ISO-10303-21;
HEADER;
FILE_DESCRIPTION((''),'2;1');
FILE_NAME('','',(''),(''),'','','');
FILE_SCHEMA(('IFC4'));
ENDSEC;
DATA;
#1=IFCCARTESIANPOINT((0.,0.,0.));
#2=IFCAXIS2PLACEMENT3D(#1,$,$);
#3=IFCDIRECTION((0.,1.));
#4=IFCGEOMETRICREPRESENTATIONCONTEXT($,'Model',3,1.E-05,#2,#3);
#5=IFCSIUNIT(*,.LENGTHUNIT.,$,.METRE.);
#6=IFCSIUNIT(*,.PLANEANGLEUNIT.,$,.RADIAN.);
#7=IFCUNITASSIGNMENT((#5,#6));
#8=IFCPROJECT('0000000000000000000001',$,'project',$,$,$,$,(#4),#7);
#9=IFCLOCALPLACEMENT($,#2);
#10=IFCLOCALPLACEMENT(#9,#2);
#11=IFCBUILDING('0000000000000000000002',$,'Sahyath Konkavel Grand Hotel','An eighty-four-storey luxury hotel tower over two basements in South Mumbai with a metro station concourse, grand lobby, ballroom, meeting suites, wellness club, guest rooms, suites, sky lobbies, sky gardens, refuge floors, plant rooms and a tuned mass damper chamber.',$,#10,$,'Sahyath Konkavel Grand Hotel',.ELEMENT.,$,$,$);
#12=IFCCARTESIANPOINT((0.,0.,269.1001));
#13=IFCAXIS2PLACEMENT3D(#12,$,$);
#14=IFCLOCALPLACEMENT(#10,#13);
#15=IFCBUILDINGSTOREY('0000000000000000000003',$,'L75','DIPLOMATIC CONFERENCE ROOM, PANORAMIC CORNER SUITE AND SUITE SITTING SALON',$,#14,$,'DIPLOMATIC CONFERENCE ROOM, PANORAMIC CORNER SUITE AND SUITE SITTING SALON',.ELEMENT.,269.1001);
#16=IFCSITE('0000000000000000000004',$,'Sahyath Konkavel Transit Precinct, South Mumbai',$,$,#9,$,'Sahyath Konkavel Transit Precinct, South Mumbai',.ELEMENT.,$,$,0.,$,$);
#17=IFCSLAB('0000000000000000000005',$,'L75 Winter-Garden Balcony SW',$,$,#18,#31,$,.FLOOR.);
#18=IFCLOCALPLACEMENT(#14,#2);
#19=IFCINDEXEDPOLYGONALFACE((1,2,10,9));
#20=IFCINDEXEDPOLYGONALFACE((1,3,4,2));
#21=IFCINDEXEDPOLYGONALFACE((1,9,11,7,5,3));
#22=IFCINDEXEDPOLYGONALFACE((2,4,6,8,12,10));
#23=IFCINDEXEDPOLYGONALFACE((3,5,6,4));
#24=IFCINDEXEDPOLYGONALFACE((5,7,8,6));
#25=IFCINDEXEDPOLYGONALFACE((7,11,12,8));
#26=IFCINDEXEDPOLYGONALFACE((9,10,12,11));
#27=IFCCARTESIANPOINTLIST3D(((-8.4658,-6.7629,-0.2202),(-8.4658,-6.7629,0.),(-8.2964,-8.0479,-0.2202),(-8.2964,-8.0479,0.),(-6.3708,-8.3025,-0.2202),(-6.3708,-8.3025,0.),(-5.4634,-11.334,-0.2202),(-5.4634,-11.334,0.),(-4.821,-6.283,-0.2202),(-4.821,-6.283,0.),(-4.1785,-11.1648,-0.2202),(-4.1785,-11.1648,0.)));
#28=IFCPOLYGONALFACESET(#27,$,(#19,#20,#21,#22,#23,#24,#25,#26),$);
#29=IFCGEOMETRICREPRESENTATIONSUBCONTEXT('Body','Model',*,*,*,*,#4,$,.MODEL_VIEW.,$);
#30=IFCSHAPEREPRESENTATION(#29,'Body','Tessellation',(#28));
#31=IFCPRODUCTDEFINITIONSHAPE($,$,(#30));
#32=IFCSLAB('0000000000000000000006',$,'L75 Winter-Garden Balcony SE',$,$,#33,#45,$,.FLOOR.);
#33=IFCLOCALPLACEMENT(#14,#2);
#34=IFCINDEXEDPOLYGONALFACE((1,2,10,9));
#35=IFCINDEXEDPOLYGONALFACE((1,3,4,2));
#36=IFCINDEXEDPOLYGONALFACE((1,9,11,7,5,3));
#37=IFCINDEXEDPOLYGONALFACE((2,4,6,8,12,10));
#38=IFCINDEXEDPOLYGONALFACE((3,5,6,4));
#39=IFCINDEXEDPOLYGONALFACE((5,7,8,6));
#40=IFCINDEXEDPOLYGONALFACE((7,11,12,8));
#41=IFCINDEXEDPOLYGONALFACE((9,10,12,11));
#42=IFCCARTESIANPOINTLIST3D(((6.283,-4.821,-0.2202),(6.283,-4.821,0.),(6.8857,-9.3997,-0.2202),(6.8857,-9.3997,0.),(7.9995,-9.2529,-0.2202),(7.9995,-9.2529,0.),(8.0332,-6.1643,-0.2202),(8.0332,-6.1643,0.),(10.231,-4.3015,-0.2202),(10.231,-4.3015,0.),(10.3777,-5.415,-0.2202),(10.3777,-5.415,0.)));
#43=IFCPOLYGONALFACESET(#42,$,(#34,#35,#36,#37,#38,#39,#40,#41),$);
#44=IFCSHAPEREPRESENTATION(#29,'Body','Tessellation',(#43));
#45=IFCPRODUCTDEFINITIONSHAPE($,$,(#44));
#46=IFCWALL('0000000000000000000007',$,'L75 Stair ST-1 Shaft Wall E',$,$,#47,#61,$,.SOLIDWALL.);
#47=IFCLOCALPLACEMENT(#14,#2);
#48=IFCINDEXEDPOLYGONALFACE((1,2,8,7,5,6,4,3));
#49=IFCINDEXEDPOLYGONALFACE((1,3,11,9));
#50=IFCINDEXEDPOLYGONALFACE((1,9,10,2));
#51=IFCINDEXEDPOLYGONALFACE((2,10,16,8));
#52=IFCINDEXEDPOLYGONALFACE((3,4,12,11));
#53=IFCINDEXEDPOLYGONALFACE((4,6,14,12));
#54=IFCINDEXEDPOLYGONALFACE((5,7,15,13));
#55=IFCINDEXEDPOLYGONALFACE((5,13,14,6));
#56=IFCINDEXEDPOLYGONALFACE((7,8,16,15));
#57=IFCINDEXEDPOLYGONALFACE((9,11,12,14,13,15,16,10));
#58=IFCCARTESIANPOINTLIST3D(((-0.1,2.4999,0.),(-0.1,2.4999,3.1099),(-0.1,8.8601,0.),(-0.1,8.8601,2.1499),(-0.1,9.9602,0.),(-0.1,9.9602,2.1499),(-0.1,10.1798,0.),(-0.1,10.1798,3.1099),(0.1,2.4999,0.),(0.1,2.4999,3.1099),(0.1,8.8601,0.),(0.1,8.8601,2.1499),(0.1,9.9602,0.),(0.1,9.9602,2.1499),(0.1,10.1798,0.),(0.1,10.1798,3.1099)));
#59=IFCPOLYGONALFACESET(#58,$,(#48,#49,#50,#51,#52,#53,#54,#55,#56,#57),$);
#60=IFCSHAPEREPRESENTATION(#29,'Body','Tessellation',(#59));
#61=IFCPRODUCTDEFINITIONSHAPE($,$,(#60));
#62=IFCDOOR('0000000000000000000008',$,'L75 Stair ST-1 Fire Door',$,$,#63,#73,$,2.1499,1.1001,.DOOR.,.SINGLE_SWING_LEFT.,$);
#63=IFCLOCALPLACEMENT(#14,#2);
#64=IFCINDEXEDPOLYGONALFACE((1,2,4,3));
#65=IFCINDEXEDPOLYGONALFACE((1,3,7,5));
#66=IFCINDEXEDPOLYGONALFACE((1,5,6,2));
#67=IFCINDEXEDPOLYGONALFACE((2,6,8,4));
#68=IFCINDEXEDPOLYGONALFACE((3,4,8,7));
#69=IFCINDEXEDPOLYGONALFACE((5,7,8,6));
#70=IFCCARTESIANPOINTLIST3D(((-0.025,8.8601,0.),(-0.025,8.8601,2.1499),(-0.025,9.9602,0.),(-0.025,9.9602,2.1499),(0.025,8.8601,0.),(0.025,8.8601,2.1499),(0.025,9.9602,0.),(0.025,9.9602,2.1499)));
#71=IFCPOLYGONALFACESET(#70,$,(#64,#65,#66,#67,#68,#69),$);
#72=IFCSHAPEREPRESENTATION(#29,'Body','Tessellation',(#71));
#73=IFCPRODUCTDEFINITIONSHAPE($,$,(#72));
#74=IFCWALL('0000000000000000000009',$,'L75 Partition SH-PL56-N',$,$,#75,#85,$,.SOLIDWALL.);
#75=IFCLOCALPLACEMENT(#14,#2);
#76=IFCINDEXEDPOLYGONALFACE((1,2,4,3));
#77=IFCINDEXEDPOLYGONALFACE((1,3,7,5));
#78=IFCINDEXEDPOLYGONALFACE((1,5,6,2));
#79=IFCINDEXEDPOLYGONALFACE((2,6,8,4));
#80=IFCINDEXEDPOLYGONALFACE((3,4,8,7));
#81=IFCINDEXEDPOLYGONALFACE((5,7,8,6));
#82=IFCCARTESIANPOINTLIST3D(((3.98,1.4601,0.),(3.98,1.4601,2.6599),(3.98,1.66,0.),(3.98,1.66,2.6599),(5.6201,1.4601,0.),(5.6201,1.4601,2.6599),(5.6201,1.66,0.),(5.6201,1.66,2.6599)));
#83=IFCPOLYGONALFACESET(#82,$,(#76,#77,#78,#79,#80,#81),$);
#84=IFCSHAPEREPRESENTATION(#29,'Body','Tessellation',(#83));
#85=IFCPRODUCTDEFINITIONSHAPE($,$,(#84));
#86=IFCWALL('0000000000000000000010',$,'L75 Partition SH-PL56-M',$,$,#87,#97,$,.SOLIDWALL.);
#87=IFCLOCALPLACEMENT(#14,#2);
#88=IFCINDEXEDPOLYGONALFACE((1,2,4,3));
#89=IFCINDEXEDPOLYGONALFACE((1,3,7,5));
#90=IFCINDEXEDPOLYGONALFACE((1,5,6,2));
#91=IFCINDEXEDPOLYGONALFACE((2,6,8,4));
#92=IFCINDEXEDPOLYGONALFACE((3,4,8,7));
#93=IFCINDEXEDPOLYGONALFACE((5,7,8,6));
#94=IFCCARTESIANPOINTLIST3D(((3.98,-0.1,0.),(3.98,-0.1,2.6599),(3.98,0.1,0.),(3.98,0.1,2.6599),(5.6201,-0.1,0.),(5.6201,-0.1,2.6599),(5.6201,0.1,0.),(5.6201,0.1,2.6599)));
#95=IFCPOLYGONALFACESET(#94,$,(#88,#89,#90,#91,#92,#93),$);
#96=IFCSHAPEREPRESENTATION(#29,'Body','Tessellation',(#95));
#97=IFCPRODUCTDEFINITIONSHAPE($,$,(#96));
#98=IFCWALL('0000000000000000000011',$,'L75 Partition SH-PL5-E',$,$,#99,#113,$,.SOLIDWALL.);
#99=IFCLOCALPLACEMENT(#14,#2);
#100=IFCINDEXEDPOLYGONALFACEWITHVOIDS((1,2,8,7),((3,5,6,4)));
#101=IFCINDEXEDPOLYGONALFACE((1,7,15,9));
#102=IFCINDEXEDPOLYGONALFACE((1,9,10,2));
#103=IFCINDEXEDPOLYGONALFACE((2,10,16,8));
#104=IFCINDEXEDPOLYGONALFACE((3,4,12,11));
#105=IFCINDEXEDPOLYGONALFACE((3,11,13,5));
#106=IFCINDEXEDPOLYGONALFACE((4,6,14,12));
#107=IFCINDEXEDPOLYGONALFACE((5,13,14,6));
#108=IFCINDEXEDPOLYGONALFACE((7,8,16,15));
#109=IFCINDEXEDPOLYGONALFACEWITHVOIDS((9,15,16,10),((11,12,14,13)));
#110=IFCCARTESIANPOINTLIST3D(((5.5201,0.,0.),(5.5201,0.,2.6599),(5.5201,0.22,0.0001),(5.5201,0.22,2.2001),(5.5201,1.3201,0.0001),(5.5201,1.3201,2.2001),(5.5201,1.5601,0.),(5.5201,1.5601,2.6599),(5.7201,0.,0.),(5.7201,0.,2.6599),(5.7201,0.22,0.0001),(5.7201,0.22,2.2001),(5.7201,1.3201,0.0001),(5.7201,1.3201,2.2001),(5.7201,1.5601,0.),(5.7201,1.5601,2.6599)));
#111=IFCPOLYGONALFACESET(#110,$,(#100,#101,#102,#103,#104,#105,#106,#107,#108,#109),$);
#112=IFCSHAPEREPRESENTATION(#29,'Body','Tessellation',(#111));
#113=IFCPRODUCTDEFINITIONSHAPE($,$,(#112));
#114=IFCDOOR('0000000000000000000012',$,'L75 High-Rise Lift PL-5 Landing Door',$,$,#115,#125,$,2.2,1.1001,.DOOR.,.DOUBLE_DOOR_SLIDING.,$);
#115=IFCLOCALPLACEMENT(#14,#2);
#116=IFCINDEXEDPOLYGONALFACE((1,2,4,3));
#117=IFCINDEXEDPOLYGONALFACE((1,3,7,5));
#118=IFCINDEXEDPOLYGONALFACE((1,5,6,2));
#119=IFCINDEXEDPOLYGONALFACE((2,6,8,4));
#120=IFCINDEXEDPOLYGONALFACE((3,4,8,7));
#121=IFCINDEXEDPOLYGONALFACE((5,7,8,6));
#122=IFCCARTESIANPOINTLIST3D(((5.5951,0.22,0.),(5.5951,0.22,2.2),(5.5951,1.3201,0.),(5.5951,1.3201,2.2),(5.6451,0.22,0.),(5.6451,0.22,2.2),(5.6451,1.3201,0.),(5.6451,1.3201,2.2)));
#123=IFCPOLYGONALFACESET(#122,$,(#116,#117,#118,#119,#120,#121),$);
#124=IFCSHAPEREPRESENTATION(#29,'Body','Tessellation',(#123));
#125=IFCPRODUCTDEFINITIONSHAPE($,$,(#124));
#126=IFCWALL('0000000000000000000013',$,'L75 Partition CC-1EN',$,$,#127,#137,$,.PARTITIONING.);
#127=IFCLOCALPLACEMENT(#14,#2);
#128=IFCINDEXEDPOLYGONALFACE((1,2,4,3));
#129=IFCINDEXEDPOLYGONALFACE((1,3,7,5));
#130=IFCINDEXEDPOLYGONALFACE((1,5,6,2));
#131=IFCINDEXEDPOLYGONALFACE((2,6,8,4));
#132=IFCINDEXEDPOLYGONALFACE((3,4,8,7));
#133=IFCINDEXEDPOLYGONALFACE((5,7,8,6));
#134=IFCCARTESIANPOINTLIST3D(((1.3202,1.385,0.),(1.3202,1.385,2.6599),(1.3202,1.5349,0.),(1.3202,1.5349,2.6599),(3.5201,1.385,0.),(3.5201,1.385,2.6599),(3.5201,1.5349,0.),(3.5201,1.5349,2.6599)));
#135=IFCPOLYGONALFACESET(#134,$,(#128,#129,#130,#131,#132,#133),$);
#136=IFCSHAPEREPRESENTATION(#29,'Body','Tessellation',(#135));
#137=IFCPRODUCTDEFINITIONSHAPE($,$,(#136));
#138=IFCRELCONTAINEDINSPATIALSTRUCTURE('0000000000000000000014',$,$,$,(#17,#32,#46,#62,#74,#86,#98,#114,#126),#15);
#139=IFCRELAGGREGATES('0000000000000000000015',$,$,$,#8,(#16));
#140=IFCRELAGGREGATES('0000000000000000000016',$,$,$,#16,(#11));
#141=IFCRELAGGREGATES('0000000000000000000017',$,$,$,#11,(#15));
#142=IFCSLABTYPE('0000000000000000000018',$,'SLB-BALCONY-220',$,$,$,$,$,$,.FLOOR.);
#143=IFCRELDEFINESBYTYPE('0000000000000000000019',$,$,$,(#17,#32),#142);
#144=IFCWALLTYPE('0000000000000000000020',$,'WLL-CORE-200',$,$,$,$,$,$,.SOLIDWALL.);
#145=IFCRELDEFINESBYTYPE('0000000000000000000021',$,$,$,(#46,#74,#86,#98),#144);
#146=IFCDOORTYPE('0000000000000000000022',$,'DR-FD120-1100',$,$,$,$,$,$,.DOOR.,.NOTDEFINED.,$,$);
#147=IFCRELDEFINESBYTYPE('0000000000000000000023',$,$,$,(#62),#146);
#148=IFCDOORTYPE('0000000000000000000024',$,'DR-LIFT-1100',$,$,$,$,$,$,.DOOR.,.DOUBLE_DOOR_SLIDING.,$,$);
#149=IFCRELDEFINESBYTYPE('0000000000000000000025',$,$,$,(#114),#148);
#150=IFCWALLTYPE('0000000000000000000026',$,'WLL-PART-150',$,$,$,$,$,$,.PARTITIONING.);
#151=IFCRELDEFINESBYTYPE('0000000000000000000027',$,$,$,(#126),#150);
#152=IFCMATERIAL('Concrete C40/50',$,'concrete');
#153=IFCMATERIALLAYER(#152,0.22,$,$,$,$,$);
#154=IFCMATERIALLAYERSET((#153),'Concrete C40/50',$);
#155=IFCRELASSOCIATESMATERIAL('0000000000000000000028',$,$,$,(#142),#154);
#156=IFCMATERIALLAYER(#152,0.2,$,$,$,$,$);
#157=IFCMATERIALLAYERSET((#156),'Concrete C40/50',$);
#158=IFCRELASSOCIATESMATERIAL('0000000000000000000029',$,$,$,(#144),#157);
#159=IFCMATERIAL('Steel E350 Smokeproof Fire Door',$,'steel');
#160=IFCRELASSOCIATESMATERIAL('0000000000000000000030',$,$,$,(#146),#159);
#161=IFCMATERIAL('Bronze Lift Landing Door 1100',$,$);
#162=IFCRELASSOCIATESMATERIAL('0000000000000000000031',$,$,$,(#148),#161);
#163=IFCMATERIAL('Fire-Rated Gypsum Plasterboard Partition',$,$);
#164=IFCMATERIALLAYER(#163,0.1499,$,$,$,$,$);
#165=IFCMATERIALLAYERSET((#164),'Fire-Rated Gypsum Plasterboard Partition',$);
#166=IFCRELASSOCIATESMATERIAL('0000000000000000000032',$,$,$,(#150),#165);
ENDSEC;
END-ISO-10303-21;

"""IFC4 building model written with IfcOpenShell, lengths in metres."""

from ifc_helpers import new_model, si_unit, direction, frame, frame_2d, origin, origin_2d, place, context, subcontext, project, spatial, polyline, rectangle, outline, extrude, source, transform, mapped, material, layer, layer_set, type_object, element, fill, save


model = new_model("IFC4")

# Units and contexts
model_context = context("Model", 3, precision=1e-05, world=origin(), true_north=direction((0.0, 1.0)))
body_context = subcontext(model_context, "Body", "Model", "MODEL_VIEW")
ifc_project = project(units=[si_unit("LENGTHUNIT", "METRE"), si_unit("PLANEANGLEUNIT", "RADIAN")], contexts=[model_context])

# Site, building, storey
site_placement = place(None, origin())
site = spatial("IfcSite", under=ifc_project, at=site_placement, Name="Sahyath Konkavel Transit Precinct, South Mumbai", LongName="Sahyath Konkavel Transit Precinct, South Mumbai", CompositionType="ELEMENT", RefElevation=0.0)
building_placement = place(site_placement, origin())
building = spatial("IfcBuilding", under=site, at=building_placement, Name="Sahyath Konkavel Grand Hotel", Description="An eighty-four-storey luxury hotel tower over two basements in South Mumbai with a metro station concourse, grand lobby, ballroom, meeting suites, wellness club, guest rooms, suites, sky lobbies, sky gardens, refuge floors, plant rooms and a tuned mass damper chamber.", LongName="Sahyath Konkavel Grand Hotel", CompositionType="ELEMENT")
storey_placement = place(building_placement, frame((0.0, 0.0, 269.1001)))
storey = spatial("IfcBuildingStorey", under=building, at=storey_placement, Name="L75", Description="DIPLOMATIC CONFERENCE ROOM, PANORAMIC CORNER SUITE AND SUITE SITTING SALON", LongName="DIPLOMATIC CONFERENCE ROOM, PANORAMIC CORNER SUITE AND SUITE SITTING SALON", CompositionType="ELEMENT", Elevation=269.1001)

# Shared definitions
ifc_material_1 = material(Name="Concrete C40/50", Category="concrete")

# Slabs
ifc_layer_1 = layer(ifc_material_1, 0.22)
ifc_layer_set_1 = layer_set([ifc_layer_1], Name="Concrete C40/50")
slab_type = type_object("IfcSlabType", Name="SLB-BALCONY-220", PredefinedType="FLOOR", material=ifc_layer_set_1)
slab_1_placement = place(storey_placement, frame((0.0, 0.0, -0.2202)))
element("IfcSlab", 1, at=slab_1_placement, inside=storey, type_object=slab_type, Name="L75 Winter-Garden Balcony SW", PredefinedType="FLOOR", context=body_context, shape_type="SweptSolid", body=[
    extrude(outline(polyline([(-4.821, -6.283), (-8.4658, -6.7629), (-8.2964, -8.0479), (-6.3708, -8.3025), (-5.4634, -11.334), (-4.1785, -11.1648), (-4.821, -6.283)])), origin(), (0.0, 0.0, 1.0), 0.2202),
])
slab_2_placement = place(storey_placement, frame((0.0, 0.0, -0.2202)))
element("IfcSlab", 2, at=slab_2_placement, inside=storey, type_object=slab_type, Name="L75 Winter-Garden Balcony SE", PredefinedType="FLOOR", context=body_context, shape_type="SweptSolid", body=[
    extrude(outline(polyline([(6.283, -4.821), (6.8857, -9.3997), (7.9995, -9.2529), (8.0332, -6.1643), (10.3777, -5.415), (10.231, -4.3015), (6.283, -4.821)])), origin(), (0.0, 0.0, 1.0), 0.2202),
])

# Wall, opening, door
ifc_layer_2 = layer(ifc_material_1, 0.2)
ifc_layer_set_2 = layer_set([ifc_layer_2], Name="Concrete C40/50")
wall_type_1 = type_object("IfcWallType", Name="WLL-CORE-200", PredefinedType="SOLIDWALL", material=ifc_layer_set_2)
wall_1_placement = place(storey_placement, frame((0.0, 2.5, 0.0), z_axis=(0.0, 0.0, 1.0), x_axis=(0.0, 1.0, 0.0)))
wall_1 = element("IfcWall", 3, at=wall_1_placement, inside=storey, type_object=wall_type_1, Name="L75 Stair ST-1 Shaft Wall E", PredefinedType="SOLIDWALL", context=body_context, shape_type="SweptSolid", body=[
    extrude(rectangle(XDim=7.6799, YDim=0.2, at=frame_2d((3.8398, 0.0))), origin(), (0.0, 0.0, 1.0), 3.1099),
])
opening_1_placement = place(wall_1_placement, frame((6.3601, 0.0, 0.0)))
opening_1 = element("IfcOpeningElement", 4, at=opening_1_placement, cuts=wall_1, PredefinedType="OPENING", context=body_context, shape_type="SweptSolid", body=[
    extrude(rectangle(XDim=1.1001, YDim=2.1499, at=frame_2d((0.55, 1.075))), frame((0.0, 0.1099, 0.0), z_axis=(0.0, -1.0, 0.0), x_axis=(1.0, 0.0, 0.0)), (0.0, 0.0, 1.0), 0.22),
])
ifc_material_2 = material(Name="Steel E350 Smokeproof Fire Door", Category="steel")
door_type_1 = type_object("IfcDoorType", Name="DR-FD120-1100", OperationType="NOTDEFINED", PredefinedType="DOOR", material=ifc_material_2)
shared_shape_1 = source(origin(), body_context, "Body", "SweptSolid", [
    extrude(rectangle(XDim=1.1001, YDim=0.05, at=origin_2d()), origin(), (0.0, 0.0, 1.0), 2.1499),
])
door_1_placement = place(opening_1_placement, frame((0.55, 0.0, 0.0)))
door_1 = element("IfcDoor", 5, at=door_1_placement, inside=storey, type_object=door_type_1, Name="L75 Stair ST-1 Fire Door", OperationType="SINGLE_SWING_LEFT", OverallHeight=2.1499, OverallWidth=1.1001, PredefinedType="DOOR", context=body_context, shape_type="MappedRepresentation", body=[
    mapped(shared_shape_1, transform((0.0, 0.0, 0.0), scale=1.0)),
])
fill(opening_1, door_1)

# Walls
for number, where, z_axis, x_axis, name in (
    (6, (3.98, 1.5601, 0.0), (0.0, 0.0, 1.0), (1.0, 0.0, 0.0), "L75 Partition SH-PL56-N"),
    (7, (3.98, 0.0, 0.0), (0.0, 0.0, 1.0), (1.0, 0.0, 0.0), "L75 Partition SH-PL56-M"),
):
    element("IfcWall", number, at=place(storey_placement, frame(where, z_axis=z_axis, x_axis=x_axis)), inside=storey, type_object=wall_type_1, Name=name, PredefinedType="SOLIDWALL", context=body_context, shape_type="SweptSolid", body=[
        extrude(rectangle(XDim=1.6401, YDim=0.2, at=frame_2d((0.8201, 0.0))), origin(), (0.0, 0.0, 1.0), 2.6599),
    ])

# Wall, opening, door
wall_2_placement = place(storey_placement, frame((5.6201, 0.0, 0.0), z_axis=(0.0, 0.0, 1.0), x_axis=(0.0, 1.0, 0.0)))
wall_2 = element("IfcWall", 8, at=wall_2_placement, inside=storey, type_object=wall_type_1, Name="L75 Partition SH-PL5-E", PredefinedType="SOLIDWALL", context=body_context, shape_type="SweptSolid", body=[
    extrude(rectangle(XDim=1.5601, YDim=0.2, at=frame_2d((0.78, 0.0))), origin(), (0.0, 0.0, 1.0), 2.6599),
])
opening_2_placement = place(wall_2_placement, frame((0.22, 0.0, 0.0)))
opening_2 = element("IfcOpeningElement", 9, at=opening_2_placement, cuts=wall_2, PredefinedType="OPENING", context=body_context, shape_type="SweptSolid", body=[
    extrude(rectangle(XDim=1.1001, YDim=2.2, at=frame_2d((0.55, 1.1001))), frame((0.0, 0.1099, 0.0), z_axis=(0.0, -1.0, 0.0), x_axis=(1.0, 0.0, 0.0)), (0.0, 0.0, 1.0), 0.22),
])
ifc_material_3 = material(Name="Bronze Lift Landing Door 1100")
door_type_2 = type_object("IfcDoorType", Name="DR-LIFT-1100", OperationType="DOUBLE_DOOR_SLIDING", PredefinedType="DOOR", material=ifc_material_3)
shared_shape_2 = source(origin(), body_context, "Body", "SweptSolid", [
    extrude(rectangle(XDim=1.1001, YDim=0.05, at=origin_2d()), origin(), (0.0, 0.0, 1.0), 2.2),
])
door_2_placement = place(opening_2_placement, frame((0.55, 0.0, 0.0)))
door_2 = element("IfcDoor", 10, at=door_2_placement, inside=storey, type_object=door_type_2, Name="L75 High-Rise Lift PL-5 Landing Door", OperationType="DOUBLE_DOOR_SLIDING", OverallHeight=2.2, OverallWidth=1.1001, PredefinedType="DOOR", context=body_context, shape_type="MappedRepresentation", body=[
    mapped(shared_shape_2, transform((0.0, 0.0, 0.0), scale=1.0)),
])
fill(opening_2, door_2)

# Wall
ifc_material_4 = material(Name="Fire-Rated Gypsum Plasterboard Partition")
ifc_layer_3 = layer(ifc_material_4, 0.1499)
ifc_layer_set_3 = layer_set([ifc_layer_3], Name="Fire-Rated Gypsum Plasterboard Partition")
wall_type_2 = type_object("IfcWallType", Name="WLL-PART-150", PredefinedType="PARTITIONING", material=ifc_layer_set_3)
wall_3_placement = place(storey_placement, frame((1.3201, 1.46, 0.0), z_axis=(0.0, 0.0, 1.0), x_axis=(1.0, 0.0, 0.0)))
element("IfcWall", 11, at=wall_3_placement, inside=storey, type_object=wall_type_2, Name="L75 Partition CC-1EN", PredefinedType="PARTITIONING", context=body_context, shape_type="SweptSolid", body=[
    extrude(rectangle(XDim=2.2, YDim=0.1499, at=frame_2d((1.1001, 0.0))), origin(), (0.0, 0.0, 1.0), 2.6599),
])

save(model, "model.ifc")
